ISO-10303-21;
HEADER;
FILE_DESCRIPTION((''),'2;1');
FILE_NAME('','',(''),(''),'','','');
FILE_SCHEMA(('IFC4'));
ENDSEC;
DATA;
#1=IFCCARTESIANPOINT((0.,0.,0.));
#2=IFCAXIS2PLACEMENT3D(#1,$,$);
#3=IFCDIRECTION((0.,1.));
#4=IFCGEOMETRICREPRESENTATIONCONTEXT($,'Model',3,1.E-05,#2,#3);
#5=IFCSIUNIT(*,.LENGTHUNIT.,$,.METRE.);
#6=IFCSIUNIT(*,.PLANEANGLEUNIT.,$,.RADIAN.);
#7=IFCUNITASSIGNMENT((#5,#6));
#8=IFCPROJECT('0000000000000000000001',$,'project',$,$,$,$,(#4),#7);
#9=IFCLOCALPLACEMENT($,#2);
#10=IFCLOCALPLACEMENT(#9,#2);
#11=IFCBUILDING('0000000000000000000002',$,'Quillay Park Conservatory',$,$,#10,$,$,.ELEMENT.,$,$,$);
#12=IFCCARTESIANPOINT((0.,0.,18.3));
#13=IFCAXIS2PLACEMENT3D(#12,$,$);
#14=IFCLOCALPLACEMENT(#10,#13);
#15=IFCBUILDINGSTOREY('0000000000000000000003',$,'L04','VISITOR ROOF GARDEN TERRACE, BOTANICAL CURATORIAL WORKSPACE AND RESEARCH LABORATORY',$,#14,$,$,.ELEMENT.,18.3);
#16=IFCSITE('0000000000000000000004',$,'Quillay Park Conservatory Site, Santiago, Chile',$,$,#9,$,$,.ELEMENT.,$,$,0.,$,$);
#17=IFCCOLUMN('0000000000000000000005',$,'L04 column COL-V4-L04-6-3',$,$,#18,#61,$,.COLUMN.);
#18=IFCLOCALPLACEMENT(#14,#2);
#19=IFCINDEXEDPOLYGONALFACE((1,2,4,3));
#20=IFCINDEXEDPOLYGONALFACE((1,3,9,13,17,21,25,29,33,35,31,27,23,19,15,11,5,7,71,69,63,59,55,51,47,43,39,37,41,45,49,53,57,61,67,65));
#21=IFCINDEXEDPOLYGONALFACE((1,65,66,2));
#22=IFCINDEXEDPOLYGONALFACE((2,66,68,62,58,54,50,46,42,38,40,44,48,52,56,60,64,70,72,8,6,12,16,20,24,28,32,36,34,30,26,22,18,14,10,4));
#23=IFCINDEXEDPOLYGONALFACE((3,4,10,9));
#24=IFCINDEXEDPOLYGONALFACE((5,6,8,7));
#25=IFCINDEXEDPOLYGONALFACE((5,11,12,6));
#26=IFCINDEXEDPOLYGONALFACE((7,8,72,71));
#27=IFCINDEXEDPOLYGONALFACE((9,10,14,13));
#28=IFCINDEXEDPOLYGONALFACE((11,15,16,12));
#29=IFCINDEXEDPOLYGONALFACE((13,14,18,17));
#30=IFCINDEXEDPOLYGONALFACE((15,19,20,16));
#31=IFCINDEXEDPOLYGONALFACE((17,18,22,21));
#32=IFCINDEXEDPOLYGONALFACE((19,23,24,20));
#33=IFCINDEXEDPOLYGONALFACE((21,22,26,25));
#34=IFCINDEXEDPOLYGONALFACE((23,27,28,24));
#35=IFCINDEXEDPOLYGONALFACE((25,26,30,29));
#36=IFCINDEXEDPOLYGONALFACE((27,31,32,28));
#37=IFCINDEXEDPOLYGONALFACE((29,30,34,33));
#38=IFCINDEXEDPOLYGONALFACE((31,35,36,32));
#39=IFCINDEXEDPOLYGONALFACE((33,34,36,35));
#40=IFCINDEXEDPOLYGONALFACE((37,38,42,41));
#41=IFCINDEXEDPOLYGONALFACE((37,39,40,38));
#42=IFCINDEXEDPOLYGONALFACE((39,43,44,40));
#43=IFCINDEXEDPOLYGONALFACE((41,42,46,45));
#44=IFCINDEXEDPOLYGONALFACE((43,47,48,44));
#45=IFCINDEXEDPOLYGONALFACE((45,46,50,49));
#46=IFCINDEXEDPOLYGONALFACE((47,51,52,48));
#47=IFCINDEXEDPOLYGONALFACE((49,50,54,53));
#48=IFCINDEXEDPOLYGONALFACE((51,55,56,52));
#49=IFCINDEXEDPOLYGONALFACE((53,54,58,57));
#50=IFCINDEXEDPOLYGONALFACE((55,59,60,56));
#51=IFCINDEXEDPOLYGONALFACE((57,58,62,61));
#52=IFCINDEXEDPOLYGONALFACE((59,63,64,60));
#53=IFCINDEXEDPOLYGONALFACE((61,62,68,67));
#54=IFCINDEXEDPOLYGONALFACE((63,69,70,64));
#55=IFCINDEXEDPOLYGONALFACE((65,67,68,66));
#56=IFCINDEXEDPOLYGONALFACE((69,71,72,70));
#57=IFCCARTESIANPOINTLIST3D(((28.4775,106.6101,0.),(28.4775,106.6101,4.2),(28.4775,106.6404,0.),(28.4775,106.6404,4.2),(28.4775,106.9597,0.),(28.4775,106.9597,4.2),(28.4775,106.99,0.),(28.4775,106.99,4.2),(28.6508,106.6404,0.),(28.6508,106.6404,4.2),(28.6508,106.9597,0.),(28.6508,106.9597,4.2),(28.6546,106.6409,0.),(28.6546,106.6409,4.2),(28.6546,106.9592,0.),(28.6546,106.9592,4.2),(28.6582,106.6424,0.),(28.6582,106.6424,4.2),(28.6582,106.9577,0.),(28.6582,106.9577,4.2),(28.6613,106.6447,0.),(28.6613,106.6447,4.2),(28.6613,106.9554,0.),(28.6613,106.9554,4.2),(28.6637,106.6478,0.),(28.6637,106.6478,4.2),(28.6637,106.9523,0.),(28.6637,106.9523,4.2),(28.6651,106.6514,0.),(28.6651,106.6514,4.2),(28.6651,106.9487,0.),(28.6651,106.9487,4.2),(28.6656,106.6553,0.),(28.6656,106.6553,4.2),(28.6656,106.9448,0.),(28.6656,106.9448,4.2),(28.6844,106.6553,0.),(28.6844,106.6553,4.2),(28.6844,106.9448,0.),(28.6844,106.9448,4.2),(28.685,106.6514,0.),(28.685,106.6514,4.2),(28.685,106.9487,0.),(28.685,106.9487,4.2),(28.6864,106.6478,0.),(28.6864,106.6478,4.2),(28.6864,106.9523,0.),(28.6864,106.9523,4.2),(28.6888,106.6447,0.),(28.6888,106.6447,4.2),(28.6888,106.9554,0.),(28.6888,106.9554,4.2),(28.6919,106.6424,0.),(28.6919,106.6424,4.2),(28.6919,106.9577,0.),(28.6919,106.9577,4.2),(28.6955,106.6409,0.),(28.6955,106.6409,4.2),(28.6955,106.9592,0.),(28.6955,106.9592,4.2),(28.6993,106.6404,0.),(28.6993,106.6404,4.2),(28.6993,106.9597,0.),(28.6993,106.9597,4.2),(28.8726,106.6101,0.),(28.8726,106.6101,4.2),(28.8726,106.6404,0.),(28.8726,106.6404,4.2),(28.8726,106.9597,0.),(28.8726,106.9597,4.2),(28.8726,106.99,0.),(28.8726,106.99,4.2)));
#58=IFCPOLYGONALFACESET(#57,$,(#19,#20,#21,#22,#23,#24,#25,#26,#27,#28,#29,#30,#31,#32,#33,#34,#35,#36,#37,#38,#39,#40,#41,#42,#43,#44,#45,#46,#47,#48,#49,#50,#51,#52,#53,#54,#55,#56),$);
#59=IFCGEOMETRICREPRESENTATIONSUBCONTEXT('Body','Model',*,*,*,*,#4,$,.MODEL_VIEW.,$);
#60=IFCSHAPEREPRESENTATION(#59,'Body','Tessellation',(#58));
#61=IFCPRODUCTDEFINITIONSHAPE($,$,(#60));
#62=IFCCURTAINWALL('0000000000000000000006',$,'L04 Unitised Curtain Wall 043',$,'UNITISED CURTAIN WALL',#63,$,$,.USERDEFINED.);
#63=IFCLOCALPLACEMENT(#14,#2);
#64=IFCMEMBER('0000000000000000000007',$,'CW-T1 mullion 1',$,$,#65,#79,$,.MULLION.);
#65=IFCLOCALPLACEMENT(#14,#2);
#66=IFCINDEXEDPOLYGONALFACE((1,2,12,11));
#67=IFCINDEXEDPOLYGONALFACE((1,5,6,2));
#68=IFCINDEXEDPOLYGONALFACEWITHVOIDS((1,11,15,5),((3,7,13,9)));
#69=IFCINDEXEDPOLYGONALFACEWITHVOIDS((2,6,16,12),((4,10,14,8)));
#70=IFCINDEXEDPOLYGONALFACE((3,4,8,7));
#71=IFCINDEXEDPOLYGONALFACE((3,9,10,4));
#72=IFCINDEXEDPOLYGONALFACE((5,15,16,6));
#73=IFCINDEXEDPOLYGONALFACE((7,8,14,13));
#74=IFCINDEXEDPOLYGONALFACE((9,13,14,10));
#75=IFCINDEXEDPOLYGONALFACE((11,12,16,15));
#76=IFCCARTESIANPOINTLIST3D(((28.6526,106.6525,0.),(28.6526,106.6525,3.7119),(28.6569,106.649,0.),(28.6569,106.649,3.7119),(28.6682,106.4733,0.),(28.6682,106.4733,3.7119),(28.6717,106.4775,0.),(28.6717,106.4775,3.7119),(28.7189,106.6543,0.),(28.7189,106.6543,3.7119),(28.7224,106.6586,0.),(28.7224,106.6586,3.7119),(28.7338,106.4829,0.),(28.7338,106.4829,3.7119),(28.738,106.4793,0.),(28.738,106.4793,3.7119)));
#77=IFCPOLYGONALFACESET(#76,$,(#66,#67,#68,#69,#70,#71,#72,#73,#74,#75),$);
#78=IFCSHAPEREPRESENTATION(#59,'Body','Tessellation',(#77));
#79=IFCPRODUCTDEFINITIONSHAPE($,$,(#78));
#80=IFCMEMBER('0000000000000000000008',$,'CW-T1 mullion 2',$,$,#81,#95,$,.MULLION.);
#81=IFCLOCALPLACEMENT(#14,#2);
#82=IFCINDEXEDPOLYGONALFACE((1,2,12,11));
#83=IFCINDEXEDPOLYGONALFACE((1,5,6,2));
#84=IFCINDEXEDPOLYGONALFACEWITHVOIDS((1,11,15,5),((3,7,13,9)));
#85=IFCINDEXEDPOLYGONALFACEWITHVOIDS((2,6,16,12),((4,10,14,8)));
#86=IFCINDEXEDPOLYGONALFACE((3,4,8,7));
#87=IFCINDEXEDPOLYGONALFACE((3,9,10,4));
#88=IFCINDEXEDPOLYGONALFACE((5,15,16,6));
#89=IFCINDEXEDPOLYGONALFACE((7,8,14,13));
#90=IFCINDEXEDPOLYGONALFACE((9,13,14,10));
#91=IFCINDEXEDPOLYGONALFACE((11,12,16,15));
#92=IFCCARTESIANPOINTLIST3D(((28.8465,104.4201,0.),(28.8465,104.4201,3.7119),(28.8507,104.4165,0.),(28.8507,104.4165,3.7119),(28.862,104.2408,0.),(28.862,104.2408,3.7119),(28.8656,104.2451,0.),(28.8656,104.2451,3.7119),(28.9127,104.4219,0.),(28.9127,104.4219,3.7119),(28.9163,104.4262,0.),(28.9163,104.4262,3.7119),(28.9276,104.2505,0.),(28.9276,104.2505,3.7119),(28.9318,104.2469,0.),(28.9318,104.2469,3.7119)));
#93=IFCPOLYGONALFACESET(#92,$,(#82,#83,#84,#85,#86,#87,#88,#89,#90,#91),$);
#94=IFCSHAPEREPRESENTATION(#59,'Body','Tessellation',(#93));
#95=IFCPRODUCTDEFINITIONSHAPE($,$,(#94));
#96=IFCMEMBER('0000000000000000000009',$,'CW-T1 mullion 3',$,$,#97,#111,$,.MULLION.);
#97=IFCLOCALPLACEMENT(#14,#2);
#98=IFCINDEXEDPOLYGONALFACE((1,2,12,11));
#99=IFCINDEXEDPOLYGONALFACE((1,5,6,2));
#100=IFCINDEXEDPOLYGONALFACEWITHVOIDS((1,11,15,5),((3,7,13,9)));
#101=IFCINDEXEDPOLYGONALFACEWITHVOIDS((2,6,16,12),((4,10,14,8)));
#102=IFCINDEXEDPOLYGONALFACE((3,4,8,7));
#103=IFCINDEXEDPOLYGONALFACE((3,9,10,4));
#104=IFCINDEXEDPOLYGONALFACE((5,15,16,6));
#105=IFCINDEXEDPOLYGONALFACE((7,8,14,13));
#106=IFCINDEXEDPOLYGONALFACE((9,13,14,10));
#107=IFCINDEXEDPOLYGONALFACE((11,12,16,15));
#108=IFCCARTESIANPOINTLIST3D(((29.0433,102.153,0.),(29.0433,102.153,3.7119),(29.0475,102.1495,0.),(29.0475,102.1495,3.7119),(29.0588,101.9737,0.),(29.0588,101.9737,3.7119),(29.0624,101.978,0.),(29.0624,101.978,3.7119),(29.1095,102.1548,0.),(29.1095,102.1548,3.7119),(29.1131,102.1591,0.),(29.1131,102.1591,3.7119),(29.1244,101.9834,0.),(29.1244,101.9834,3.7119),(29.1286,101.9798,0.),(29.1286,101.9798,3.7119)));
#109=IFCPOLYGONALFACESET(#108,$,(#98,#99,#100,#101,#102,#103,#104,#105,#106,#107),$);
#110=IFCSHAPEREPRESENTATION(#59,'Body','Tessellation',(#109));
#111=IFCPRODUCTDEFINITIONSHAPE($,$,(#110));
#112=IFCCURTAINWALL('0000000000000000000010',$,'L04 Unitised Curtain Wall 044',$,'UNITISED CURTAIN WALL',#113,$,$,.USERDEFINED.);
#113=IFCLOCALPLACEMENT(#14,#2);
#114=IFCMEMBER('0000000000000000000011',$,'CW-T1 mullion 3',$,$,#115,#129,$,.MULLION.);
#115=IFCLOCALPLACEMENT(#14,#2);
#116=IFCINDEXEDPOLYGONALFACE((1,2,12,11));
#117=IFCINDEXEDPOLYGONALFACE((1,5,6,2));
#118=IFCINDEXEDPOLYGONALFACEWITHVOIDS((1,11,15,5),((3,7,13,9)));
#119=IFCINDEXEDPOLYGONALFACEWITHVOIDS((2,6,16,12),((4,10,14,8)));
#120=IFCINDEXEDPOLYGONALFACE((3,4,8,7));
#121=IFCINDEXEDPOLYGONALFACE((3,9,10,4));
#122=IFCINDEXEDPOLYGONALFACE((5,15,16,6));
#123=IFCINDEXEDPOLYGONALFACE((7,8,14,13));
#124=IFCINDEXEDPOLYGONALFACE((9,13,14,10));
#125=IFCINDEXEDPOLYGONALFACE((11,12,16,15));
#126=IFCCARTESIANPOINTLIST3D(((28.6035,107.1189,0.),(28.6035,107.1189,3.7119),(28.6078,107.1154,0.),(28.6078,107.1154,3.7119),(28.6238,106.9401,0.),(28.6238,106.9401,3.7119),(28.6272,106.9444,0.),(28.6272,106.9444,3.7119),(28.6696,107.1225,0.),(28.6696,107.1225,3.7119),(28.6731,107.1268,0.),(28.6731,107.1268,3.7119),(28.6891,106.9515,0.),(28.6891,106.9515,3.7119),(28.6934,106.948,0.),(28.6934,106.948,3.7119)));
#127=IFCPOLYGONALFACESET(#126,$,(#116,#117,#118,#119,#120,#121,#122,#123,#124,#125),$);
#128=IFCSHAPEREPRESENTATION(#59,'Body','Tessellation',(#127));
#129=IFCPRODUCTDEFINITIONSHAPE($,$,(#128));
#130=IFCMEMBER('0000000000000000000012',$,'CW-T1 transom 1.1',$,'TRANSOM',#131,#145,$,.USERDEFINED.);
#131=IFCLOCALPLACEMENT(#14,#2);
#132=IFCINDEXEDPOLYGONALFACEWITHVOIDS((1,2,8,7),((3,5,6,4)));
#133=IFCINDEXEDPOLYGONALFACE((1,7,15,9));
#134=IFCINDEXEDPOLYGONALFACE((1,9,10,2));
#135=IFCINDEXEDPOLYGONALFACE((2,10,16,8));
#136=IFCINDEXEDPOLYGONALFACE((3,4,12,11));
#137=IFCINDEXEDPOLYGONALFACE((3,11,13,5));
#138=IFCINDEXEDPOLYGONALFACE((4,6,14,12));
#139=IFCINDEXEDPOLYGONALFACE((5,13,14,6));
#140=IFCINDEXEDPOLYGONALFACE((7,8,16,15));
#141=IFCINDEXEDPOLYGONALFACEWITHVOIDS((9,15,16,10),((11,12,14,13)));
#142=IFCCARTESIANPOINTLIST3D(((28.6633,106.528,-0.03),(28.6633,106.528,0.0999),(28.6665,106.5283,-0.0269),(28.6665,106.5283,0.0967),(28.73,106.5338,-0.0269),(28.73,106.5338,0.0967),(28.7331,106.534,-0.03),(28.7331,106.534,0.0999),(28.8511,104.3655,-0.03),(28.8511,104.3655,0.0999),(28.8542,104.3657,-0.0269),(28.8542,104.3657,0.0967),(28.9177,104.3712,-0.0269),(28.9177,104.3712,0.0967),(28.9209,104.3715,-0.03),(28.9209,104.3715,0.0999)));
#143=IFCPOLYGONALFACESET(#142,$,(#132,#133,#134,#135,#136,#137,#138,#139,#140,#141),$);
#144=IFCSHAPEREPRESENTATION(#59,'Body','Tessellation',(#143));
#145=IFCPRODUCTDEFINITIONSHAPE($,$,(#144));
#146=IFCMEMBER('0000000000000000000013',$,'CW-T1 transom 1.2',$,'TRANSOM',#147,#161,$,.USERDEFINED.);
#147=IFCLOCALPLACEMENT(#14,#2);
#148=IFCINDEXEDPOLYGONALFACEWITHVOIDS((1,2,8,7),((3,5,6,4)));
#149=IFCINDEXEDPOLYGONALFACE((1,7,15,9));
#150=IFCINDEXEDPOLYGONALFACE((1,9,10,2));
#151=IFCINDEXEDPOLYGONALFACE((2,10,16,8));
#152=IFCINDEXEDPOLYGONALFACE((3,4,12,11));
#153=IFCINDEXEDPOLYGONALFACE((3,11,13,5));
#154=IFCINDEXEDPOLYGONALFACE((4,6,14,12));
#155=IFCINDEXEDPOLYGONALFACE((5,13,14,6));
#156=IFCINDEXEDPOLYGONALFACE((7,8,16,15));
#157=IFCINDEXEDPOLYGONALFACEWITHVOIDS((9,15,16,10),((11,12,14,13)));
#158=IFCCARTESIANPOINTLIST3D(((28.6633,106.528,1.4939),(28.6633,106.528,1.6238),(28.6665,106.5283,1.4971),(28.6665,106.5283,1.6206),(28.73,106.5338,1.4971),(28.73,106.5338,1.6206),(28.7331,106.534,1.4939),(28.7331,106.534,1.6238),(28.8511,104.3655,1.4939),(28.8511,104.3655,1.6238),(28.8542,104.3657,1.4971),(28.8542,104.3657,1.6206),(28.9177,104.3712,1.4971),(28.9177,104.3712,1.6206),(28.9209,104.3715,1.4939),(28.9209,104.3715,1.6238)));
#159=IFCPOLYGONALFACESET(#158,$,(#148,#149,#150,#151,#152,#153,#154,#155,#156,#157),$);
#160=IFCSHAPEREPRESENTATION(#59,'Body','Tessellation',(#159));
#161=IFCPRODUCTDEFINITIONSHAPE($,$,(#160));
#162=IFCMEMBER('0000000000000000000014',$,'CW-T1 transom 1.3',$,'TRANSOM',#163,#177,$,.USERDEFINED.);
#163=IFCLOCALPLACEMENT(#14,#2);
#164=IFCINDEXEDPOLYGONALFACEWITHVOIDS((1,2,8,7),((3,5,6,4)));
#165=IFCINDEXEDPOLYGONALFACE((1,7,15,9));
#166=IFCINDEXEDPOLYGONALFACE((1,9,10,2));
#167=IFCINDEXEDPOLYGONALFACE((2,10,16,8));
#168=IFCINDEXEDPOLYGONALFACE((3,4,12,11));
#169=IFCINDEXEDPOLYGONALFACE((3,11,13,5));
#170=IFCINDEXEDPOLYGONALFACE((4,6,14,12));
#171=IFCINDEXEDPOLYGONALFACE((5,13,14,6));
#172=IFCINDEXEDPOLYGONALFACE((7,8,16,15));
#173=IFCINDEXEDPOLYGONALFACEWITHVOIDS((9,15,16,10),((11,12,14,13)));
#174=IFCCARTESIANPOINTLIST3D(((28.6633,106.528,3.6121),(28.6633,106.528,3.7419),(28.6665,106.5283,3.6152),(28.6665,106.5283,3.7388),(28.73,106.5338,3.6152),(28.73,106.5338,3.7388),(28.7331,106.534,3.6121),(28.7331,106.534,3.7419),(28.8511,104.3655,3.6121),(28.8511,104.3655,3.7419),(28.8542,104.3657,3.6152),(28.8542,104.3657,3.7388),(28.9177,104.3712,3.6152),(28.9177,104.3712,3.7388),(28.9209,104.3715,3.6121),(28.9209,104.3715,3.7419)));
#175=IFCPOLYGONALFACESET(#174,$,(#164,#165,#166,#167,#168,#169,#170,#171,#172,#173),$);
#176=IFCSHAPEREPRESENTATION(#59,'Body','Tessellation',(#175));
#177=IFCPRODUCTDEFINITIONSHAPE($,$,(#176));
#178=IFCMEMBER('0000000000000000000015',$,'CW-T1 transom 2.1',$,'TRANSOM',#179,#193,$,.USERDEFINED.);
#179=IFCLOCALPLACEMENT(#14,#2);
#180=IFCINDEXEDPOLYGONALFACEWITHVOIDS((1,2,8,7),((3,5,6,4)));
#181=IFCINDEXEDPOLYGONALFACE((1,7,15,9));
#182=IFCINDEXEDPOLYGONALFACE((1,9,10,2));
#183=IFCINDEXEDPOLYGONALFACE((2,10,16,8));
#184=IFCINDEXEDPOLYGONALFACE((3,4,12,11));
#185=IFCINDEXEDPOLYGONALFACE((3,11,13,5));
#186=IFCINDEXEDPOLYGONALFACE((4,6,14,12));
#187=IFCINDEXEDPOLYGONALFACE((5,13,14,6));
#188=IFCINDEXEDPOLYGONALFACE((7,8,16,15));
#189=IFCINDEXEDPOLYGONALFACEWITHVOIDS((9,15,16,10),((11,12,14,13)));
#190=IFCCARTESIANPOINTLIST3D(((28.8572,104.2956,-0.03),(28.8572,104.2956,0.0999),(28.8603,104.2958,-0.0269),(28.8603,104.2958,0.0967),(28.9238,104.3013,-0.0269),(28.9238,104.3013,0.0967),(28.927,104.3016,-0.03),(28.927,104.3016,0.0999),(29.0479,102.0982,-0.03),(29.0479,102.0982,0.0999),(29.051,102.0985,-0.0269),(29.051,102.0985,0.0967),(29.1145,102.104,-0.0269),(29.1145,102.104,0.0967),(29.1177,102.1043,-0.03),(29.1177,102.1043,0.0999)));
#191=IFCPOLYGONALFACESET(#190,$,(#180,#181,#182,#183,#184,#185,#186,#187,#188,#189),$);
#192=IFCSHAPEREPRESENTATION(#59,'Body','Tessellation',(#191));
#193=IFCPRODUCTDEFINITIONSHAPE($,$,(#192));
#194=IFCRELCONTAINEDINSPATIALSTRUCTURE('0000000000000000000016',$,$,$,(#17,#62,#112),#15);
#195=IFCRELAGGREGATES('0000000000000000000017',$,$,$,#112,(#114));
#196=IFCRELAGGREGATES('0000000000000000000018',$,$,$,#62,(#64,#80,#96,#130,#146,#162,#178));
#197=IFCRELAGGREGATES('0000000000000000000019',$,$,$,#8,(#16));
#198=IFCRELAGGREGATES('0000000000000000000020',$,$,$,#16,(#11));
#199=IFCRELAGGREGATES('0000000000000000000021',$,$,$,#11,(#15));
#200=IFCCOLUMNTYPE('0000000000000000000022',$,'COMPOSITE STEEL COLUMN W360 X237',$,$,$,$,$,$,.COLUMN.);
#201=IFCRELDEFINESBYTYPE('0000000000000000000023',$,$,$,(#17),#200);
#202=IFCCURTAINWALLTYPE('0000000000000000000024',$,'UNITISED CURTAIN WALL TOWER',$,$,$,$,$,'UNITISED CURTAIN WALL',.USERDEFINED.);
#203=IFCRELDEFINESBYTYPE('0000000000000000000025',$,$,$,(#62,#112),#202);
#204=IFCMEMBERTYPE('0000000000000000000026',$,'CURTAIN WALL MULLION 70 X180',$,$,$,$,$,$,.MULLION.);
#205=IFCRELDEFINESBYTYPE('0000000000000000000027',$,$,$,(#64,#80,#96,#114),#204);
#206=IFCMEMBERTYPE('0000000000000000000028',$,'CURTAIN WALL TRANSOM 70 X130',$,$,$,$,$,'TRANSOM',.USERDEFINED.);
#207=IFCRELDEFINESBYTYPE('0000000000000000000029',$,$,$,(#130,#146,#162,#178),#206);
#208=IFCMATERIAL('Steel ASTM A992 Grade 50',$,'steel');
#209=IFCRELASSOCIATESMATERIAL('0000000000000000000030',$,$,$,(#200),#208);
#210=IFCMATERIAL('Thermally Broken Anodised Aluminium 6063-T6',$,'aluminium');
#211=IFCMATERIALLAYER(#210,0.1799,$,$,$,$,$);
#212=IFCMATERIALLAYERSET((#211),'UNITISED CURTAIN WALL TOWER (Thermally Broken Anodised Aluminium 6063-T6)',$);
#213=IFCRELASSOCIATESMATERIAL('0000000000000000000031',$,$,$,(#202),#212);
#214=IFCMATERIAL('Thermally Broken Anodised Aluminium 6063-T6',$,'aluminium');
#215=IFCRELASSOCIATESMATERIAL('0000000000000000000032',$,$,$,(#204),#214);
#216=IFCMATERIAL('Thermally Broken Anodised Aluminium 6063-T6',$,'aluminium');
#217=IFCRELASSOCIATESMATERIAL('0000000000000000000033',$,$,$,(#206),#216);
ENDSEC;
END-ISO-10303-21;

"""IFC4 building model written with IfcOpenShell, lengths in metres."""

from ifc_helpers import new_model, si_unit, direction, frame, origin, origin_2d, place, context, subcontext, project, spatial, hollow_rectangle, i_section, extrude, material, layer, layer_set, material_profile, profile_set, type_object, element, aggregate, save


model = new_model("IFC4")

# Units and contexts
model_context = context("Model", 3, precision=1e-05, world=origin(), true_north=direction((0.0, 1.0)))
body_context = subcontext(model_context, "Body", "Model", "MODEL_VIEW")
ifc_project = project(units=[si_unit("LENGTHUNIT", "METRE"), si_unit("PLANEANGLEUNIT", "RADIAN")], contexts=[model_context])

# Site, building, storey
site_placement = place(None, origin())
site = spatial("IfcSite", under=ifc_project, at=site_placement, Name="Quillay Park Conservatory Site, Santiago, Chile", CompositionType="ELEMENT", RefElevation=0.0)
building_placement = place(site_placement, origin())
building = spatial("IfcBuilding", under=site, at=building_placement, Name="Quillay Park Conservatory", CompositionType="ELEMENT")
storey_placement = place(building_placement, frame((0.0, 0.0, 18.3)))
storey = spatial("IfcBuildingStorey", under=building, at=storey_placement, Name="L04", Description="VISITOR ROOF GARDEN TERRACE, BOTANICAL CURATORIAL WORKSPACE AND RESEARCH LABORATORY", CompositionType="ELEMENT", Elevation=18.3)

# Column
ifc_material_1 = material(Name="Steel ASTM A992 Grade 50", Category="steel")
ifc_material_profile_1 = material_profile(ifc_material_1, i_section(OverallWidth=0.395, OverallDepth=0.3799, WebThickness=0.0188, FlangeThickness=0.0303, FilletRadius=0.0149, at=origin_2d()), Name="W360x237")
ifc_profile_set_1 = profile_set([ifc_material_profile_1], Name="Steel ASTM A992 Grade 50")
column_type = type_object("IfcColumnType", Name="COMPOSITE STEEL COLUMN W360 X237", PredefinedType="COLUMN", material=ifc_profile_set_1)
column_placement = place(storey_placement, frame((28.675, 106.8, 0.0), z_axis=(0.0, 0.0, 1.0), x_axis=(1.0, 0.0, 0.0)))
element("IfcColumn", 1, at=column_placement, inside=storey, type_object=column_type, Name="L04 column COL-V4-L04-6-3", PredefinedType="COLUMN", context=body_context, shape_type="SweptSolid", body=[
    extrude(i_section(OverallWidth=0.395, OverallDepth=0.3799, WebThickness=0.0188, FlangeThickness=0.0303, FilletRadius=0.0149, at=origin_2d()), origin(), (0.0, 0.0, 1.0), 4.2),
])

# Curtain wall, members
ifc_material_2 = material(Name="Thermally Broken Anodised Aluminium 6063-T6", Category="aluminium")
ifc_layer_1 = layer(ifc_material_2, 0.1799)
ifc_layer_set_1 = layer_set([ifc_layer_1], Name="UNITISED CURTAIN WALL TOWER (Thermally Broken Anodised Aluminium 6063-T6)")
curtain_wall_type = type_object("IfcCurtainWallType", Name="UNITISED CURTAIN WALL TOWER", ElementType="UNITISED CURTAIN WALL", PredefinedType="USERDEFINED", material=ifc_layer_set_1)
curtain_wall_1_placement = place(storey_placement, origin())
curtain_wall_1 = element("IfcCurtainWall", 2, at=curtain_wall_1_placement, inside=storey, type_object=curtain_wall_type, Name="L04 Unitised Curtain Wall 043", ObjectType="UNITISED CURTAIN WALL", PredefinedType="USERDEFINED")
ifc_material_3 = material(Name="Thermally Broken Anodised Aluminium 6063-T6", Category="aluminium")
ifc_material_profile_2 = material_profile(ifc_material_3, hollow_rectangle(XDim=0.0701, YDim=0.1799, WallThickness=0.0039, at=origin_2d()), Name="AL70x180x4")
ifc_profile_set_2 = profile_set([ifc_material_profile_2], Name="Thermally Broken Anodised Aluminium 6063-T6")
member_type_1 = type_object("IfcMemberType", Name="CURTAIN WALL MULLION 70 X180", PredefinedType="MULLION", material=ifc_profile_set_2)
member_1_placement = place(storey_placement, frame((28.6953, 106.5659, 0.0), z_axis=(0.0, 0.0, 1.0), x_axis=(0.996254, 0.08648, 0.0)))
member_1 = element("IfcMember", 3, at=member_1_placement, type_object=member_type_1, Name="CW-T1 mullion 1", PredefinedType="MULLION", context=body_context, shape_type="SweptSolid", body=[
    extrude(hollow_rectangle(XDim=0.0701, YDim=0.1799, WallThickness=0.0039, at=origin_2d()), origin(), (0.0, 0.0, 1.0), 3.7119),
])
member_2_placement = place(storey_placement, frame((28.8892, 104.3335, 0.0), z_axis=(0.0, 0.0, 1.0), x_axis=(0.996254, 0.08648, 0.0)))
member_2 = element("IfcMember", 4, at=member_2_placement, type_object=member_type_1, Name="CW-T1 mullion 2", PredefinedType="MULLION", context=body_context, shape_type="SweptSolid", body=[
    extrude(hollow_rectangle(XDim=0.0701, YDim=0.1799, WallThickness=0.0039, at=origin_2d()), origin(), (0.0, 0.0, 1.0), 3.7119),
])
member_3_placement = place(storey_placement, frame((29.0859, 102.0664, 0.0), z_axis=(0.0, 0.0, 1.0), x_axis=(0.996254, 0.08648, 0.0)))
member_3 = element("IfcMember", 5, at=member_3_placement, type_object=member_type_1, Name="CW-T1 mullion 3", PredefinedType="MULLION", context=body_context, shape_type="SweptSolid", body=[
    extrude(hollow_rectangle(XDim=0.0701, YDim=0.1799, WallThickness=0.0039, at=origin_2d()), origin(), (0.0, 0.0, 1.0), 3.7119),
])

# Curtain wall, member
curtain_wall_2_placement = place(storey_placement, origin())
curtain_wall_2 = element("IfcCurtainWall", 6, at=curtain_wall_2_placement, inside=storey, type_object=curtain_wall_type, Name="L04 Unitised Curtain Wall 044", ObjectType="UNITISED CURTAIN WALL", PredefinedType="USERDEFINED")
member_4_placement = place(storey_placement, frame((28.6484, 107.0334, 0.0), z_axis=(0.0, 0.0, 1.0), x_axis=(0.993606, 0.112903, 0.0)))
member_4 = element("IfcMember", 7, at=member_4_placement, type_object=member_type_1, Name="CW-T1 mullion 3", PredefinedType="MULLION", context=body_context, shape_type="SweptSolid", body=[
    extrude(hollow_rectangle(XDim=0.0701, YDim=0.1799, WallThickness=0.0039, at=origin_2d()), origin(), (0.0, 0.0, 1.0), 3.7119),
])
aggregate(curtain_wall_2, [member_4])

# Members
ifc_material_4 = material(Name="Thermally Broken Anodised Aluminium 6063-T6", Category="aluminium")
ifc_material_profile_3 = material_profile(ifc_material_4, hollow_rectangle(XDim=0.0701, YDim=0.1299, WallThickness=0.0032, at=origin_2d()), Name="AL70x130x3.2")
ifc_profile_set_3 = profile_set([ifc_material_profile_3], Name="Thermally Broken Anodised Aluminium 6063-T6")
member_type_2 = type_object("IfcMemberType", Name="CURTAIN WALL TRANSOM 70 X130", ElementType="TRANSOM", PredefinedType="USERDEFINED", material=ifc_profile_set_3)
member_5_placement = place(storey_placement, frame((28.6982, 106.531, 0.0349), z_axis=(0.086489, -0.996253, 0.0), x_axis=(0.996253, 0.086489, 0.0)))
member_5 = element("IfcMember", 8, at=member_5_placement, type_object=member_type_2, Name="CW-T1 transom 1.1", ObjectType="TRANSOM", PredefinedType="USERDEFINED", context=body_context, shape_type="SweptSolid", body=[
    extrude(hollow_rectangle(XDim=0.0701, YDim=0.1299, WallThickness=0.0032, at=origin_2d()), origin(), (0.0, 0.0, 1.0), 2.1707),
])
member_6_placement = place(storey_placement, frame((28.6982, 106.531, 1.5588), z_axis=(0.086489, -0.996253, 0.0), x_axis=(0.996253, 0.086489, 0.0)))
member_6 = element("IfcMember", 9, at=member_6_placement, type_object=member_type_2, Name="CW-T1 transom 1.2", ObjectType="TRANSOM", PredefinedType="USERDEFINED", context=body_context, shape_type="SweptSolid", body=[
    extrude(hollow_rectangle(XDim=0.0701, YDim=0.1299, WallThickness=0.0032, at=origin_2d()), origin(), (0.0, 0.0, 1.0), 2.1707),
])
member_7_placement = place(storey_placement, frame((28.6982, 106.531, 3.677), z_axis=(0.086489, -0.996253, 0.0), x_axis=(0.996253, 0.086489, 0.0)))
member_7 = element("IfcMember", 10, at=member_7_placement, type_object=member_type_2, Name="CW-T1 transom 1.3", ObjectType="TRANSOM", PredefinedType="USERDEFINED", context=body_context, shape_type="SweptSolid", body=[
    extrude(hollow_rectangle(XDim=0.0701, YDim=0.1299, WallThickness=0.0032, at=origin_2d()), origin(), (0.0, 0.0, 1.0), 2.1707),
])
member_8_placement = place(storey_placement, frame((28.8921, 104.2986, 0.0349), z_axis=(0.086453, -0.996256, 0.0), x_axis=(0.996256, 0.086453, 0.0)))
member_8 = element("IfcMember", 11, at=member_8_placement, type_object=member_type_2, Name="CW-T1 transom 2.1", ObjectType="TRANSOM", PredefinedType="USERDEFINED", context=body_context, shape_type="SweptSolid", body=[
    extrude(hollow_rectangle(XDim=0.0701, YDim=0.1299, WallThickness=0.0032, at=origin_2d()), origin(), (0.0, 0.0, 1.0), 2.2056),
])

aggregate(curtain_wall_1, [member_1, member_2, member_3, member_5, member_6, member_7, member_8])

save(model, "model.ifc")
